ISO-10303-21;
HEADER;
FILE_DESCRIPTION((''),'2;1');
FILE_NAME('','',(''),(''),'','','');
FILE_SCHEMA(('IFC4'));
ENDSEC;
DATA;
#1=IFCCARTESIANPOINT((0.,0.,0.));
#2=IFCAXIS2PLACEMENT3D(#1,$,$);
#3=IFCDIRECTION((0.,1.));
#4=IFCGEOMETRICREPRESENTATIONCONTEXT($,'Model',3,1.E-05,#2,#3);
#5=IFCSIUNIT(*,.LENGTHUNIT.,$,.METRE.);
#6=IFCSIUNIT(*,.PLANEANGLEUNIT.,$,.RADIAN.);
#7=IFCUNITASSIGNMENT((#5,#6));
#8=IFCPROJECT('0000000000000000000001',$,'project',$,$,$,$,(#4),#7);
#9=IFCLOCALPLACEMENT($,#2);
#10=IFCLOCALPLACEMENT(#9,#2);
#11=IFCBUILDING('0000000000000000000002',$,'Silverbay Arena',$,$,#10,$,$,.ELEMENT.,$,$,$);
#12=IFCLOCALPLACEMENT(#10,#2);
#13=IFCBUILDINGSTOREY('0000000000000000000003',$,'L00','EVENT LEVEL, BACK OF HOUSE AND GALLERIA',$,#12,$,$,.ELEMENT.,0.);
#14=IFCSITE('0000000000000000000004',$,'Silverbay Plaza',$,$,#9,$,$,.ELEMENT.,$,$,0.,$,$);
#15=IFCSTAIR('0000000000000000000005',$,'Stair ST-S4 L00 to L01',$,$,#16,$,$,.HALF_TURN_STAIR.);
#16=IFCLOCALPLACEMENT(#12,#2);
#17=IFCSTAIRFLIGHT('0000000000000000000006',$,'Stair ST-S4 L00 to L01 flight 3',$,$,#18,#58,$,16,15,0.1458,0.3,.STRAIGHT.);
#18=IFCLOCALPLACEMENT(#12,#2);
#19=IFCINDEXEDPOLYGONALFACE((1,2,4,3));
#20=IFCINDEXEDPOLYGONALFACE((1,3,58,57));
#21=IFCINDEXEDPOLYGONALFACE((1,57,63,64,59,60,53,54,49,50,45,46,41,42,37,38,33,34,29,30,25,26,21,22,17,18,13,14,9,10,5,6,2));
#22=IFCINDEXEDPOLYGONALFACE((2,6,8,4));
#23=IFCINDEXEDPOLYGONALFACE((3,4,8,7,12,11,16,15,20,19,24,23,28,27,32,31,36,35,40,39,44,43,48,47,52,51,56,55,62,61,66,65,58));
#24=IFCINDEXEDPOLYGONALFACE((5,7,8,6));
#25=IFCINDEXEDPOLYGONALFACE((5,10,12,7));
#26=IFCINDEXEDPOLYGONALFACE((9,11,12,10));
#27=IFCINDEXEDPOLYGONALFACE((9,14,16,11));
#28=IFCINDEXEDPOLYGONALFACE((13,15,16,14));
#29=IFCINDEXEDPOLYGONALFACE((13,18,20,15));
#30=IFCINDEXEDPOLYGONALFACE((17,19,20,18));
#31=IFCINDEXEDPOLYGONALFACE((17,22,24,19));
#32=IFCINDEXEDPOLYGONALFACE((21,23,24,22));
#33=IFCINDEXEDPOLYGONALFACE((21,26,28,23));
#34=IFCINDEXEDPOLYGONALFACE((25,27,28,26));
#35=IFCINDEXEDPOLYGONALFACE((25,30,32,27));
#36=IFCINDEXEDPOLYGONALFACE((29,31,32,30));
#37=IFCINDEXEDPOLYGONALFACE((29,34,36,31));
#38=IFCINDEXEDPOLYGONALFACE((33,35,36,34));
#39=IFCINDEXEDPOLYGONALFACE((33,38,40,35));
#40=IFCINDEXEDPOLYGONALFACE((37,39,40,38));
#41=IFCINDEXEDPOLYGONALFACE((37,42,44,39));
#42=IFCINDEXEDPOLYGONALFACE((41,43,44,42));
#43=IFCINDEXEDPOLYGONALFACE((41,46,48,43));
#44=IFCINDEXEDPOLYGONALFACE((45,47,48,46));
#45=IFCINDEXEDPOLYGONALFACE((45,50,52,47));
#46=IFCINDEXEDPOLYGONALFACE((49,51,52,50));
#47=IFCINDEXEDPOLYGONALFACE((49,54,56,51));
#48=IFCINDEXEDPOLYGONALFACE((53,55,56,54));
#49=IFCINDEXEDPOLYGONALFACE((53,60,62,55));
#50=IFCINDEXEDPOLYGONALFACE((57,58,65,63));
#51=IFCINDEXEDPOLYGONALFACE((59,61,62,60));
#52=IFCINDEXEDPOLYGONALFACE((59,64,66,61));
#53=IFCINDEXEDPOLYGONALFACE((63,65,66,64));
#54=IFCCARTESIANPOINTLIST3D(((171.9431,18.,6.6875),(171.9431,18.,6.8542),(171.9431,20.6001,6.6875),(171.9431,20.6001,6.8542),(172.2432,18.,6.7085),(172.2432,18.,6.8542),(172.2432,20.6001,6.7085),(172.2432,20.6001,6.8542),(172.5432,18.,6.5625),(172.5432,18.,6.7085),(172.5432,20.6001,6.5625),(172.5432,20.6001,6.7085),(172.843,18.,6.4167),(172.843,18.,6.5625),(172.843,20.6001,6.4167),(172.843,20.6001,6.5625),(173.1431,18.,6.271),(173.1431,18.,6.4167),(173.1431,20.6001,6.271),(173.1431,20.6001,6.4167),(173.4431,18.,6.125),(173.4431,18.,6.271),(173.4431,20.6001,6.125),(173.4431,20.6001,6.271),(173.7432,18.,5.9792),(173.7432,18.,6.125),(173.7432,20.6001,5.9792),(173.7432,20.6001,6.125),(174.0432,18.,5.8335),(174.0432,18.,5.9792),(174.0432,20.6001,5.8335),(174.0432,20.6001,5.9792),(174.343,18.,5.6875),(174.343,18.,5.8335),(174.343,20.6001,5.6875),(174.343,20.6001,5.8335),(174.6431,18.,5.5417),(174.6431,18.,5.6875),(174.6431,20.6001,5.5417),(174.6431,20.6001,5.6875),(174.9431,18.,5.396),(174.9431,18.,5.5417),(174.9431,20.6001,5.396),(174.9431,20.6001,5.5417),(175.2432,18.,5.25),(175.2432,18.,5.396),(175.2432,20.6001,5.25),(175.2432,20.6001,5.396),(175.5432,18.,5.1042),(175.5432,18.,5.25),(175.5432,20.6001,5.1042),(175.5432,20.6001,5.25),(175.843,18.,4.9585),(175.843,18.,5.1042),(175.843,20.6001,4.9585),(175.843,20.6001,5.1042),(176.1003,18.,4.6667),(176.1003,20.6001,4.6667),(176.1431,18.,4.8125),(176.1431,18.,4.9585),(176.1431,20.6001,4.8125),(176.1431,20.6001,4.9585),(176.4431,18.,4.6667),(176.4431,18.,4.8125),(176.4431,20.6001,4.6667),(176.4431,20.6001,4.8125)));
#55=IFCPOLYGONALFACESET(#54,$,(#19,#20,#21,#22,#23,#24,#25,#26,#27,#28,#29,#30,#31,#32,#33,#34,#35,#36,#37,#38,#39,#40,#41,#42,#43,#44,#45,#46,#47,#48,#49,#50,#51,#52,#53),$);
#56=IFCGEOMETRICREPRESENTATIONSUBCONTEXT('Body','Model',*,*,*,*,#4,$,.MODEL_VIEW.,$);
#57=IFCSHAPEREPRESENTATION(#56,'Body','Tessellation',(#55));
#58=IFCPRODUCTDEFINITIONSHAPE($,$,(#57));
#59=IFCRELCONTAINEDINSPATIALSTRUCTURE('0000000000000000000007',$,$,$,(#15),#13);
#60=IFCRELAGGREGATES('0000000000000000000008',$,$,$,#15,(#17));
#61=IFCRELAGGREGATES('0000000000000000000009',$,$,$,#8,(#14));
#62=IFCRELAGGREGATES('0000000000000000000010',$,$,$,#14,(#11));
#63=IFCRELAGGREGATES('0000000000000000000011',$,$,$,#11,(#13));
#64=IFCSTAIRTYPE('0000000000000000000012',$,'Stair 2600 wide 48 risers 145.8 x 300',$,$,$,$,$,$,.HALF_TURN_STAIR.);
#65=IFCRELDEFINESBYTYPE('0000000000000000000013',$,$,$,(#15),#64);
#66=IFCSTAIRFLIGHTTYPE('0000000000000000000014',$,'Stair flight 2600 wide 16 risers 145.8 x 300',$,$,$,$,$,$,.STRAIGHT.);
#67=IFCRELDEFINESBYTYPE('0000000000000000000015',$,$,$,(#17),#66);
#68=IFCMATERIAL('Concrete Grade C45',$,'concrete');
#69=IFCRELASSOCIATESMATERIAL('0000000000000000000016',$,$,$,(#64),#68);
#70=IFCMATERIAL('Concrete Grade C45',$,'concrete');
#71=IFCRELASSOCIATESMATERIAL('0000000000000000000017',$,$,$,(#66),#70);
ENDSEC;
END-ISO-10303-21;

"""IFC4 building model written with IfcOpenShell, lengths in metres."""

from ifc_helpers import new_model, si_unit, direction, frame, origin, place, context, subcontext, project, spatial, polyline, outline, extrude, material, type_object, element, aggregate, save


model = new_model("IFC4")

# Units and contexts
model_context = context("Model", 3, precision=1e-05, world=origin(), true_north=direction((0.0, 1.0)))
body_context = subcontext(model_context, "Body", "Model", "MODEL_VIEW")
ifc_project = project(units=[si_unit("LENGTHUNIT", "METRE"), si_unit("PLANEANGLEUNIT", "RADIAN")], contexts=[model_context])

# Site, building, storey
site_placement = place(None, origin())
site = spatial("IfcSite", under=ifc_project, at=site_placement, Name="Silverbay Plaza", CompositionType="ELEMENT", RefElevation=0.0)
building_placement = place(site_placement, origin())
building = spatial("IfcBuilding", under=site, at=building_placement, Name="Silverbay Arena", CompositionType="ELEMENT")
storey_placement = place(building_placement, origin())
storey = spatial("IfcBuildingStorey", under=building, at=storey_placement, Name="L00", Description="EVENT LEVEL, BACK OF HOUSE AND GALLERIA", CompositionType="ELEMENT", Elevation=0.0)

# Stair, stair flight
ifc_material_1 = material(Name="Concrete Grade C45", Category="concrete")
stair_type = type_object("IfcStairType", Name="Stair 2600 wide 48 risers 145.8 x 300", PredefinedType="HALF_TURN_STAIR", material=ifc_material_1)
stair_placement = place(storey_placement, origin())
stair = element("IfcStair", 1, at=stair_placement, inside=storey, type_object=stair_type, Name="Stair ST-S4 L00 to L01", PredefinedType="HALF_TURN_STAIR")
ifc_material_2 = material(Name="Concrete Grade C45", Category="concrete")
stair_flight_type = type_object("IfcStairFlightType", Name="Stair flight 2600 wide 16 risers 145.8 x 300", PredefinedType="STRAIGHT", material=ifc_material_2)
stair_flight_1_placement = place(storey_placement, frame((176.4431, 19.3, 4.6667), z_axis=(0.0, 0.0, 1.0), x_axis=(-1.0, 0.0, 0.0)))
stair_flight_1 = element("IfcStairFlight", 2, at=stair_flight_1_placement, type_object=stair_flight_type, Name="Stair ST-S4 L00 to L01 flight 3", NumberOfRisers=16, NumberOfTreads=15, PredefinedType="STRAIGHT", RiserHeight=0.1458, TreadLength=0.3, context=body_context, shape_type="SweptSolid", body=[
    extrude(outline(polyline([(0.0, 0.0), (0.0, 0.1458), (0.3, 0.1458), (0.3, 0.2917), (0.6001, 0.2917), (0.6001, 0.4375), (0.8999, 0.4375), (0.8999, 0.5833), (1.2, 0.5833), (1.2, 0.7292), (1.5, 0.7292), (1.5, 0.875), (1.8, 0.875), (1.8, 1.0208), (2.1001, 1.0208), (2.1001, 1.1667), (2.3999, 1.1667), (2.3999, 1.3125), (2.7, 1.3125), (2.7, 1.4583), (3.0, 1.4583), (3.0, 1.6042), (3.3, 1.6042), (3.3, 1.75), (3.6001, 1.75), (3.6001, 1.8958), (3.8999, 1.8958), (3.8999, 2.0417), (4.2, 2.0417), (4.2, 2.1875), (4.5, 2.1875), (4.5, 2.0208), (0.3428, 0.0), (0.0, 0.0)])), frame((0.0, 1.3, 0.0), z_axis=(0.0, -1.0, 0.0), x_axis=(1.0, 0.0, 0.0)), (0.0, 0.0, 1.0), 2.6001),
])
aggregate(stair, [stair_flight_1])

save(model, "model.ifc")
